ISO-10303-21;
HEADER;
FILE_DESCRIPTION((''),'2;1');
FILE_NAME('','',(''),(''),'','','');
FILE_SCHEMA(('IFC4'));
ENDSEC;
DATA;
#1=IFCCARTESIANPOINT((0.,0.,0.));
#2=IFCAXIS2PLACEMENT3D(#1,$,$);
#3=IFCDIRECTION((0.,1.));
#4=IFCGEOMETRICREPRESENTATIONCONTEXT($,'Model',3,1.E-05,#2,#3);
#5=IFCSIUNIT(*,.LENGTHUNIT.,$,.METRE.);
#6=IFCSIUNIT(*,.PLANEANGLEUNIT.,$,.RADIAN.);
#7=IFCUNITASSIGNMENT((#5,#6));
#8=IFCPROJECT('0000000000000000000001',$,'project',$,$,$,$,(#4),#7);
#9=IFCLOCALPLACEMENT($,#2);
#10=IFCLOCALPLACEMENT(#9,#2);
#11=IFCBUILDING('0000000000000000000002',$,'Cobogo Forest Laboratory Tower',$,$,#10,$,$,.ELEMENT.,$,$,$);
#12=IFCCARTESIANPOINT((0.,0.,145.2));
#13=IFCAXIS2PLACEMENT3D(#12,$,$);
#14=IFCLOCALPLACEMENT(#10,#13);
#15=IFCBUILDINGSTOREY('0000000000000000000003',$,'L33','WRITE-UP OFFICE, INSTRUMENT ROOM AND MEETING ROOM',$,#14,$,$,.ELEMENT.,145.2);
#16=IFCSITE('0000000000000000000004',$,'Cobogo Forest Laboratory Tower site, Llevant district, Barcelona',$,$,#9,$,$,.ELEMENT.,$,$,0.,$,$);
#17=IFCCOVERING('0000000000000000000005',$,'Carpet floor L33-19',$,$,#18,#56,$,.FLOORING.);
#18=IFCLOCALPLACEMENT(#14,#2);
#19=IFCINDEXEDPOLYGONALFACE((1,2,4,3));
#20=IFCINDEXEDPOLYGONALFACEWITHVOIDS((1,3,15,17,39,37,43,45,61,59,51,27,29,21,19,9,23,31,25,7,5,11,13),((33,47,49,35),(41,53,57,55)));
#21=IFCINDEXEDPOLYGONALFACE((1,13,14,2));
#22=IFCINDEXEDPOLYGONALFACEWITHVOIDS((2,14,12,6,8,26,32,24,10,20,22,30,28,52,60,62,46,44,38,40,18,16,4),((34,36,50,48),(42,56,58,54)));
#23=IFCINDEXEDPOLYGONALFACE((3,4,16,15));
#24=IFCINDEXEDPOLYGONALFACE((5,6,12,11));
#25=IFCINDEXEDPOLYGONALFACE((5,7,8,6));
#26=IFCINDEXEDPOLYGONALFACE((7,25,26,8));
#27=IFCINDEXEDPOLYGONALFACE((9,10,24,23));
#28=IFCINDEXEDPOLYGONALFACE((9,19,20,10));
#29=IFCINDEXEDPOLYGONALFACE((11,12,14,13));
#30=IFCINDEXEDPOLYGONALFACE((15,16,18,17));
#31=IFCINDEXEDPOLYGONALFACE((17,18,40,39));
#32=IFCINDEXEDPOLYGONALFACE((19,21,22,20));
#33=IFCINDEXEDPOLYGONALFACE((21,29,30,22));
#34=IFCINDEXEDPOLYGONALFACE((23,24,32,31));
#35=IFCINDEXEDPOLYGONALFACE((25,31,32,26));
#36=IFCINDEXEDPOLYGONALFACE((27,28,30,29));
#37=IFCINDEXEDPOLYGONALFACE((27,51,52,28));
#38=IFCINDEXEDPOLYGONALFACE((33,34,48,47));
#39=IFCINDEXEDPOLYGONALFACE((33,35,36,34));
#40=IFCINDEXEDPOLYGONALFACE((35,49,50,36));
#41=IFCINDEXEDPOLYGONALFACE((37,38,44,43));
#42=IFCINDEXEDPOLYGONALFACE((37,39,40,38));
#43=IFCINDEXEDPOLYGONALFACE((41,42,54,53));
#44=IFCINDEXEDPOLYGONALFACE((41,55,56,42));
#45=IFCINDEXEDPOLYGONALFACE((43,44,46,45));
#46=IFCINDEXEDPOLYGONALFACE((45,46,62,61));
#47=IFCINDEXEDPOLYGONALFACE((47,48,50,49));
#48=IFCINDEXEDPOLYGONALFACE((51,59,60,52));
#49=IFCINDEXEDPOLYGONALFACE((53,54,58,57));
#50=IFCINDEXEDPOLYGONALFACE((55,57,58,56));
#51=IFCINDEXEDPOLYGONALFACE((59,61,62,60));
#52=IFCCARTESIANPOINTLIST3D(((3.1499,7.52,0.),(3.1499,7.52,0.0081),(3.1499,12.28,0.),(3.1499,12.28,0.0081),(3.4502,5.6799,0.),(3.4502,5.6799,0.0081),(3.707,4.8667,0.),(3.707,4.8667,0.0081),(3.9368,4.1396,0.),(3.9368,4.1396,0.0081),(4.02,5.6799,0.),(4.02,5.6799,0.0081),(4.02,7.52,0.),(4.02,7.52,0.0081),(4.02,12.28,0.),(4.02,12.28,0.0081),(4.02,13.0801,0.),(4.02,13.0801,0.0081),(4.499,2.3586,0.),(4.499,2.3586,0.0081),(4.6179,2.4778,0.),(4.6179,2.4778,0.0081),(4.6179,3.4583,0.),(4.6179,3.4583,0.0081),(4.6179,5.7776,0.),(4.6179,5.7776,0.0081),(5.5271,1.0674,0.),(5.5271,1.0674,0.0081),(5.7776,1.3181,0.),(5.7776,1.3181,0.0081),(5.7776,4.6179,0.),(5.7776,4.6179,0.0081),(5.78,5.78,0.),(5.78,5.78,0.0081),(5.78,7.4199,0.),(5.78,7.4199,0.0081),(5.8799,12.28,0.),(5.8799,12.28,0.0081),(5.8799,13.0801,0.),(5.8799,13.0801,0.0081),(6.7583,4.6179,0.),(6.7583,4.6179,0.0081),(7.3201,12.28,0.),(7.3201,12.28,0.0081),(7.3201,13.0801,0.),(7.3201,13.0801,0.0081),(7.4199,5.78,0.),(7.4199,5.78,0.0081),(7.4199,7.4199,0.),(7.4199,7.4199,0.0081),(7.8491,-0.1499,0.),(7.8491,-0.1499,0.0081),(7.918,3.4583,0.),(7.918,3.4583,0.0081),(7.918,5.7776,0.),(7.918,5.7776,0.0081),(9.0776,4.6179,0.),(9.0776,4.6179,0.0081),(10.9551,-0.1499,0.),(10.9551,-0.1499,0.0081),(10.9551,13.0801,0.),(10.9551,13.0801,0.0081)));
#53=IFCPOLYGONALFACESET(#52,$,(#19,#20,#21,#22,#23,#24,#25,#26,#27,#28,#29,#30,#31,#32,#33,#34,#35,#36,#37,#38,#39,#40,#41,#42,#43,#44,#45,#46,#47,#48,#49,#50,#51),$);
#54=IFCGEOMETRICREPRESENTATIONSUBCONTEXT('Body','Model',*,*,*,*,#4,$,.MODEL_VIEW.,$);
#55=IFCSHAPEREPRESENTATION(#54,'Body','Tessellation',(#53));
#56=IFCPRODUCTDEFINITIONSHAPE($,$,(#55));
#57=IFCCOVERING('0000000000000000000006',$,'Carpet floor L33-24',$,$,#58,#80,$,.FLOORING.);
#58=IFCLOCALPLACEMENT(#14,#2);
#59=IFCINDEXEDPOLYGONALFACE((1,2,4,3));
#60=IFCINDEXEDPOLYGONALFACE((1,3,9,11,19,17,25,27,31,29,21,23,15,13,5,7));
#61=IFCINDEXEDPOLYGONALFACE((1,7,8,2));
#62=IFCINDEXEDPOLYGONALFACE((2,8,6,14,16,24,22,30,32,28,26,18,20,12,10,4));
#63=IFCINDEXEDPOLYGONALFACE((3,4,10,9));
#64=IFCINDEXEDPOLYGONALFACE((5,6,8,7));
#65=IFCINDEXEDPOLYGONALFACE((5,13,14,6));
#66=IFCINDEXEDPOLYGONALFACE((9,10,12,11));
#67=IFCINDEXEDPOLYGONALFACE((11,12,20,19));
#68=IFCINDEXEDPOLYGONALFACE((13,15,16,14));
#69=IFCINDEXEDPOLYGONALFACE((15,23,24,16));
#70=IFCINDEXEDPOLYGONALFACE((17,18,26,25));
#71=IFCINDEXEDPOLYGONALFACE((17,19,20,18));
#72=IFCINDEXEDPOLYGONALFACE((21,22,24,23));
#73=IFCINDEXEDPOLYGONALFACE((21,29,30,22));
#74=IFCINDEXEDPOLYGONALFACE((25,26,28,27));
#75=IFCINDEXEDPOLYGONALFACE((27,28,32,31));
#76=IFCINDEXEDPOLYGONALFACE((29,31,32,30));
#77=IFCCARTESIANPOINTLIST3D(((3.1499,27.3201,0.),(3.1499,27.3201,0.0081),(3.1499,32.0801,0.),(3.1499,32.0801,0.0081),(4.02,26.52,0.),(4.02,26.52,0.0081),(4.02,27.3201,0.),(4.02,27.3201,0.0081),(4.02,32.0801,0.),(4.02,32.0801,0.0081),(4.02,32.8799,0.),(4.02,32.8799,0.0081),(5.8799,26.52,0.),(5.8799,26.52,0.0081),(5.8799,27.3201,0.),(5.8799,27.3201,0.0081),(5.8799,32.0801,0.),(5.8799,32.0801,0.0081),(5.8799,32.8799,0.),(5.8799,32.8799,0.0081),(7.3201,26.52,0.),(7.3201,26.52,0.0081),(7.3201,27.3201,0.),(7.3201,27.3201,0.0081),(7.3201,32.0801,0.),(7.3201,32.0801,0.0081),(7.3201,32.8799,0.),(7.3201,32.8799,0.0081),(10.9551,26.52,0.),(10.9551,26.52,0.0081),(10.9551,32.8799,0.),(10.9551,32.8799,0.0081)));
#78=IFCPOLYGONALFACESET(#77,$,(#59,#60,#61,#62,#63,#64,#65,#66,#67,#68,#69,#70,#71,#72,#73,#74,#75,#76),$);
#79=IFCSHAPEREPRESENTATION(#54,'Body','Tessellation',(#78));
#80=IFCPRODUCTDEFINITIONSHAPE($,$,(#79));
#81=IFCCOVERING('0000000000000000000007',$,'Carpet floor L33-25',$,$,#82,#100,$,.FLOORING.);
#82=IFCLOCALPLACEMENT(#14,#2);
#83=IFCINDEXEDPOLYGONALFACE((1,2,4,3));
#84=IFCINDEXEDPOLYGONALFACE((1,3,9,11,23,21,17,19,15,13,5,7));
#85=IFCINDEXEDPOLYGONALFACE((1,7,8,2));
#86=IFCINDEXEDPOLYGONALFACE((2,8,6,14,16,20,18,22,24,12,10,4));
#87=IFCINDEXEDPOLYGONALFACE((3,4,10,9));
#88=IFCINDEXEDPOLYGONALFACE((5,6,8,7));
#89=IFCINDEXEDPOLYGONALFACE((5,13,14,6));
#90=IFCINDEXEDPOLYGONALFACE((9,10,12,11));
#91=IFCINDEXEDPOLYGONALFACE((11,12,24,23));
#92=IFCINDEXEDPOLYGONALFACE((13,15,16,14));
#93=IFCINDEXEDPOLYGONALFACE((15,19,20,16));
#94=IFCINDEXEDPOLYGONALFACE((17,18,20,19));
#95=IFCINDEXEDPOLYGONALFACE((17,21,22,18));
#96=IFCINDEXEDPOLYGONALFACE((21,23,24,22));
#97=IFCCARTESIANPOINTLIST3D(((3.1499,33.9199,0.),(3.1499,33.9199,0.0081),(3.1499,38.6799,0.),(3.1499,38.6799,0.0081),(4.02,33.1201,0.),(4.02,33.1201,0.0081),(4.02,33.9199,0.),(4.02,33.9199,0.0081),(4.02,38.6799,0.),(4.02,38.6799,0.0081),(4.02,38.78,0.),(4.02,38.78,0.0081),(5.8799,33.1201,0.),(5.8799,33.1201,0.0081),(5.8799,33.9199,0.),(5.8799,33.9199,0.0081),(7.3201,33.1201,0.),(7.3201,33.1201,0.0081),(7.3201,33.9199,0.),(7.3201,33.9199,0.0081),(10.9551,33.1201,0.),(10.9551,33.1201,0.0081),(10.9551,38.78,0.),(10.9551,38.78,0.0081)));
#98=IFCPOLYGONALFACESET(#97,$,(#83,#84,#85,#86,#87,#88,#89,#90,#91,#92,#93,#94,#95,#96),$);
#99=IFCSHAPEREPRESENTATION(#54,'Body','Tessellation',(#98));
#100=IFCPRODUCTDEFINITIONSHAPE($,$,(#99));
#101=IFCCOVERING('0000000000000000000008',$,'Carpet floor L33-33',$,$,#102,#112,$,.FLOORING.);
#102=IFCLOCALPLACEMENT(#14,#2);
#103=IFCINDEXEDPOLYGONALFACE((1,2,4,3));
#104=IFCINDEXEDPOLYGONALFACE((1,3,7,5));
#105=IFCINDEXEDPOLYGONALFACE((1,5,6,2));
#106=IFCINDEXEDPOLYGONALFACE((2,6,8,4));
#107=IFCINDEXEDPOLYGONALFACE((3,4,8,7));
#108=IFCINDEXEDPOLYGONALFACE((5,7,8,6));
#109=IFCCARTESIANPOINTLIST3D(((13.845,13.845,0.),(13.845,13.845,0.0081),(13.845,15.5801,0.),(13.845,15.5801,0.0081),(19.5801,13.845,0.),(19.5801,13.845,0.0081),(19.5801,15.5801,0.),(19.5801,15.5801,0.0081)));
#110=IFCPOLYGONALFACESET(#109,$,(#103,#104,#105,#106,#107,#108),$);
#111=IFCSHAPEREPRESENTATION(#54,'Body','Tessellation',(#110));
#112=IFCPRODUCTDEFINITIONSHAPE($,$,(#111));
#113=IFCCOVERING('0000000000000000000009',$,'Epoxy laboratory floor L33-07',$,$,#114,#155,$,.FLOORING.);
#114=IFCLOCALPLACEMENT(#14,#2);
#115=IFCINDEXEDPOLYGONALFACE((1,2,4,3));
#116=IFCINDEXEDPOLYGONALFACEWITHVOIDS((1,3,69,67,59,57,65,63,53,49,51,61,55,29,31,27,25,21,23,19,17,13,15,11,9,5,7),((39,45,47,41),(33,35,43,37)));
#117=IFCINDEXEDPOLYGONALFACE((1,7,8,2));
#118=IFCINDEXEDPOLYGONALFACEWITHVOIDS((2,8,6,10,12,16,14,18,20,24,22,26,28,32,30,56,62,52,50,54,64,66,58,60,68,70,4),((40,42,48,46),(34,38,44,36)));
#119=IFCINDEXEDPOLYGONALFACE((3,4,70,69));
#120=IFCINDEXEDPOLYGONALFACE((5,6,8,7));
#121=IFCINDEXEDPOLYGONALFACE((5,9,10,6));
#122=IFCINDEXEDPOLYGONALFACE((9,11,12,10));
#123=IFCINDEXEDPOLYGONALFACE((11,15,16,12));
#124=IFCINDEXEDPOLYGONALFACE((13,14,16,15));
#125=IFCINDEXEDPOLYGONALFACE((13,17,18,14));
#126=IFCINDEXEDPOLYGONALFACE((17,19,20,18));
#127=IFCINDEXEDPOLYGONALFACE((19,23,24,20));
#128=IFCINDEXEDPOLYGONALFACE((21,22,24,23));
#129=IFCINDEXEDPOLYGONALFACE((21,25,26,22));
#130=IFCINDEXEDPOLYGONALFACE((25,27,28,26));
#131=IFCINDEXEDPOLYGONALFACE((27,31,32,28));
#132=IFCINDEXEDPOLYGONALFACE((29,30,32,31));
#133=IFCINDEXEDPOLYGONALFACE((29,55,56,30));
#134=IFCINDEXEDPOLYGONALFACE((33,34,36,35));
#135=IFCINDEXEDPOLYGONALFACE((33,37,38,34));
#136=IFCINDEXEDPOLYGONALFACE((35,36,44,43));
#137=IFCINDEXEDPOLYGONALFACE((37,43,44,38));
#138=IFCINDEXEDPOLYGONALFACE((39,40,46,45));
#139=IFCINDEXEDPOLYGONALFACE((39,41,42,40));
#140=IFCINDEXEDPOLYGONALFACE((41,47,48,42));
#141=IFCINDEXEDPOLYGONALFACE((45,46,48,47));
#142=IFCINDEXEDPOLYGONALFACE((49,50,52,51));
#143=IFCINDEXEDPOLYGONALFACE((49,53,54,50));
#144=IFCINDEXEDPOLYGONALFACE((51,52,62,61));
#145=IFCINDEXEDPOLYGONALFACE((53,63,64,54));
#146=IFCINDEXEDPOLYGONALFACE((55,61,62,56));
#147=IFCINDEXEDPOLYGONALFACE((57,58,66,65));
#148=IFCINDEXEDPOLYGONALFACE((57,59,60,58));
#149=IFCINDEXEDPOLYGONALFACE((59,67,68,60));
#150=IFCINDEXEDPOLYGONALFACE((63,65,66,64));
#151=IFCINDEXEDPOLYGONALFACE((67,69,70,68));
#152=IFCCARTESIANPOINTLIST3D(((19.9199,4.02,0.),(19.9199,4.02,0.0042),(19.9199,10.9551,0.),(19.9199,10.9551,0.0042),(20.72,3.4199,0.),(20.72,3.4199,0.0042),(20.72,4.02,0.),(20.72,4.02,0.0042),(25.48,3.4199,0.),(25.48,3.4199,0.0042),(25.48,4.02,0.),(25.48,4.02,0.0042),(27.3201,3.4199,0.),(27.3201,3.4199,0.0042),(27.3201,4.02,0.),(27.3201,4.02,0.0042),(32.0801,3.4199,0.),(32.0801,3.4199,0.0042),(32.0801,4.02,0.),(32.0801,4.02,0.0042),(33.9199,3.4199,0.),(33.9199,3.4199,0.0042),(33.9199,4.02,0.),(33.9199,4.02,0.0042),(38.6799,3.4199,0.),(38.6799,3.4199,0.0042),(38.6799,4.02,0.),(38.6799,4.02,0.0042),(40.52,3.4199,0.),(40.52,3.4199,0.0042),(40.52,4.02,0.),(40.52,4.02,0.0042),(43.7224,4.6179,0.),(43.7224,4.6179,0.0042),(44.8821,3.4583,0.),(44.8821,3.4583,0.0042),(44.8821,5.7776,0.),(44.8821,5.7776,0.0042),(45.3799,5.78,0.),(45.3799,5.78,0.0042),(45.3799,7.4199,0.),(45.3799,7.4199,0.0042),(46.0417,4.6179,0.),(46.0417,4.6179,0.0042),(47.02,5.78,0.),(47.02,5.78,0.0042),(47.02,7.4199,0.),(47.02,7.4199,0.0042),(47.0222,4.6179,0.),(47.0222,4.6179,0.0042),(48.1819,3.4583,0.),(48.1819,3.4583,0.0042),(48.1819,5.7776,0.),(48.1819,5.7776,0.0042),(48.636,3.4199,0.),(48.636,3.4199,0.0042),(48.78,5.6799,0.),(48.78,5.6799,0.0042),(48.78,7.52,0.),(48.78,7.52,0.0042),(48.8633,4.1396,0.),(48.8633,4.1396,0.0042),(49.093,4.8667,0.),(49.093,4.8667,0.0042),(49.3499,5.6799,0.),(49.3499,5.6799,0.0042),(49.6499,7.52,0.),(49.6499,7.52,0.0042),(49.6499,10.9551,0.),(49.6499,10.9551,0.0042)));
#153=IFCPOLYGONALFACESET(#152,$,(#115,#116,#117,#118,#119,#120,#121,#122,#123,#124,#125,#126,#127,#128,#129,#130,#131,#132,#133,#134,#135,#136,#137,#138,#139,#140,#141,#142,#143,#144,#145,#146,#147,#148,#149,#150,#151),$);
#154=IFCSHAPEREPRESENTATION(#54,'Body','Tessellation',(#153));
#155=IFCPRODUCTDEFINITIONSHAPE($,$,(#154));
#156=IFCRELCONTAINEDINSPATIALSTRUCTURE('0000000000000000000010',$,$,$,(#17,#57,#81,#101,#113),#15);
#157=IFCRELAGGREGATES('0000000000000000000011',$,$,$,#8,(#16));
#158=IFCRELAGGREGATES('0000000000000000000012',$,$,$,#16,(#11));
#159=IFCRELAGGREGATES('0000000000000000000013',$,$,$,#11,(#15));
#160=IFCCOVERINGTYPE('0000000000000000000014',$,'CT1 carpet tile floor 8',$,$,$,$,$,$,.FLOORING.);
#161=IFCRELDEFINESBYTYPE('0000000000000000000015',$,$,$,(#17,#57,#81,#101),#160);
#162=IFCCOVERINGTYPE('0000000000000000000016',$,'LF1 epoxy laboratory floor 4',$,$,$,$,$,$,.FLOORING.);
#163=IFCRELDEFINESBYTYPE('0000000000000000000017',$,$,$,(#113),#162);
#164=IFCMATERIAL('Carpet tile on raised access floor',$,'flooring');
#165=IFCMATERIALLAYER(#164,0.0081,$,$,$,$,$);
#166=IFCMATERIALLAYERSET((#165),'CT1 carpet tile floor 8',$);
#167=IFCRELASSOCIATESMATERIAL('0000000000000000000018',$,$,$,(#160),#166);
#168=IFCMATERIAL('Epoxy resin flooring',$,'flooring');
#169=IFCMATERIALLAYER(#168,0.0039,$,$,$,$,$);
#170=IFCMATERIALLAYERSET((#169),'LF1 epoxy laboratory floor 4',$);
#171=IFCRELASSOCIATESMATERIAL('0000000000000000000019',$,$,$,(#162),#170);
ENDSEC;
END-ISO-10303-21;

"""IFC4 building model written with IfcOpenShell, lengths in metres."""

from ifc_helpers import new_model, si_unit, direction, frame, origin, place, context, subcontext, project, spatial, polyline, outline, extrude, material, layer, layer_set, type_object, element, save


model = new_model("IFC4")

# Units and contexts
model_context = context("Model", 3, precision=1e-05, world=origin(), true_north=direction((0.0, 1.0)))
body_context = subcontext(model_context, "Body", "Model", "MODEL_VIEW")
ifc_project = project(units=[si_unit("LENGTHUNIT", "METRE"), si_unit("PLANEANGLEUNIT", "RADIAN")], contexts=[model_context])

# Site, building, storey
site_placement = place(None, origin())
site = spatial("IfcSite", under=ifc_project, at=site_placement, Name="Cobogo Forest Laboratory Tower site, Llevant district, Barcelona", CompositionType="ELEMENT", RefElevation=0.0)
building_placement = place(site_placement, origin())
building = spatial("IfcBuilding", under=site, at=building_placement, Name="Cobogo Forest Laboratory Tower", CompositionType="ELEMENT")
storey_placement = place(building_placement, frame((0.0, 0.0, 145.2)))
storey = spatial("IfcBuildingStorey", under=building, at=storey_placement, Name="L33", Description="WRITE-UP OFFICE, INSTRUMENT ROOM AND MEETING ROOM", CompositionType="ELEMENT", Elevation=145.2)

# Coverings
ifc_material_1 = material(Name="Carpet tile on raised access floor", Category="flooring")
ifc_layer_1 = layer(ifc_material_1, 0.0081)
ifc_layer_set_1 = layer_set([ifc_layer_1], Name="CT1 carpet tile floor 8")
covering_type_1 = type_object("IfcCoveringType", Name="CT1 carpet tile floor 8", PredefinedType="FLOORING", material=ifc_layer_set_1)
covering_1_placement = place(storey_placement, origin())
element("IfcCovering", 1, at=covering_1_placement, inside=storey, type_object=covering_type_1, Name="Carpet floor L33-19", PredefinedType="FLOORING", context=body_context, shape_type="SweptSolid", body=[
    extrude(outline(polyline([(10.9551, -0.1499), (7.8491, -0.1499), (5.5271, 1.0674), (5.7776, 1.3181), (4.6179, 2.4778), (4.499, 2.3586), (3.9368, 4.1396), (4.6179, 3.4583), (5.7776, 4.6179), (4.6179, 5.7776), (3.707, 4.8667), (3.4502, 5.6799), (4.02, 5.6799), (4.02, 7.52), (3.1499, 7.52), (3.1499, 12.28), (4.02, 12.28), (4.02, 13.0801), (5.8799, 13.0801), (5.8799, 12.28), (7.3201, 12.28), (7.3201, 13.0801), (10.9551, 13.0801), (10.9551, -0.1499)]), holes=[polyline([(6.7583, 4.6179), (7.918, 3.4583), (9.0776, 4.6179), (7.918, 5.7776), (6.7583, 4.6179)]), polyline([(5.78, 7.4199), (5.78, 5.78), (7.4199, 5.78), (7.4199, 7.4199), (5.78, 7.4199)])]), origin(), (0.0, 0.0, 1.0), 0.0081),
])
covering_2_placement = place(storey_placement, origin())
element("IfcCovering", 2, at=covering_2_placement, inside=storey, type_object=covering_type_1, Name="Carpet floor L33-24", PredefinedType="FLOORING", context=body_context, shape_type="SweptSolid", body=[
    extrude(outline(polyline([(10.9551, 26.52), (7.3201, 26.52), (7.3201, 27.3201), (5.8799, 27.3201), (5.8799, 26.52), (4.02, 26.52), (4.02, 27.3201), (3.1499, 27.3201), (3.1499, 32.0801), (4.02, 32.0801), (4.02, 32.8799), (5.8799, 32.8799), (5.8799, 32.0801), (7.3201, 32.0801), (7.3201, 32.8799), (10.9551, 32.8799), (10.9551, 26.52)])), origin(), (0.0, 0.0, 1.0), 0.0081),
])
covering_3_placement = place(storey_placement, origin())
element("IfcCovering", 3, at=covering_3_placement, inside=storey, type_object=covering_type_1, Name="Carpet floor L33-25", PredefinedType="FLOORING", context=body_context, shape_type="SweptSolid", body=[
    extrude(outline(polyline([(4.02, 38.78), (10.9551, 38.78), (10.9551, 33.1201), (7.3201, 33.1201), (7.3201, 33.9199), (5.8799, 33.9199), (5.8799, 33.1201), (4.02, 33.1201), (4.02, 33.9199), (3.1499, 33.9199), (3.1499, 38.6799), (4.02, 38.6799), (4.02, 38.78)])), origin(), (0.0, 0.0, 1.0), 0.0081),
])
covering_4_placement = place(storey_placement, origin())
element("IfcCovering", 4, at=covering_4_placement, inside=storey, type_object=covering_type_1, Name="Carpet floor L33-33", PredefinedType="FLOORING", context=body_context, shape_type="SweptSolid", body=[
    extrude(outline(polyline([(19.5801, 13.845), (13.845, 13.845), (13.845, 15.5801), (19.5801, 15.5801), (19.5801, 13.845)])), origin(), (0.0, 0.0, 1.0), 0.0081),
])
ifc_material_2 = material(Name="Epoxy resin flooring", Category="flooring")
ifc_layer_2 = layer(ifc_material_2, 0.0039)
ifc_layer_set_2 = layer_set([ifc_layer_2], Name="LF1 epoxy laboratory floor 4")
covering_type_2 = type_object("IfcCoveringType", Name="LF1 epoxy laboratory floor 4", PredefinedType="FLOORING", material=ifc_layer_set_2)
covering_5_placement = place(storey_placement, origin())
element("IfcCovering", 5, at=covering_5_placement, inside=storey, type_object=covering_type_2, Name="Epoxy laboratory floor L33-07", PredefinedType="FLOORING", context=body_context, shape_type="SweptSolid", body=[
    extrude(outline(polyline([(19.9199, 10.9551), (49.6499, 10.9551), (49.6499, 7.52), (48.78, 7.52), (48.78, 5.6799), (49.3499, 5.6799), (49.093, 4.8667), (48.1819, 5.7776), (47.0222, 4.6179), (48.1819, 3.4583), (48.8633, 4.1396), (48.636, 3.4199), (40.52, 3.4199), (40.52, 4.02), (38.6799, 4.02), (38.6799, 3.4199), (33.9199, 3.4199), (33.9199, 4.02), (32.0801, 4.02), (32.0801, 3.4199), (27.3201, 3.4199), (27.3201, 4.02), (25.48, 4.02), (25.48, 3.4199), (20.72, 3.4199), (20.72, 4.02), (19.9199, 4.02), (19.9199, 10.9551)]), holes=[polyline([(45.3799, 5.78), (47.02, 5.78), (47.02, 7.4199), (45.3799, 7.4199), (45.3799, 5.78)]), polyline([(43.7224, 4.6179), (44.8821, 3.4583), (46.0417, 4.6179), (44.8821, 5.7776), (43.7224, 4.6179)])]), origin(), (0.0, 0.0, 1.0), 0.0042),
])

save(model, "model.ifc")
